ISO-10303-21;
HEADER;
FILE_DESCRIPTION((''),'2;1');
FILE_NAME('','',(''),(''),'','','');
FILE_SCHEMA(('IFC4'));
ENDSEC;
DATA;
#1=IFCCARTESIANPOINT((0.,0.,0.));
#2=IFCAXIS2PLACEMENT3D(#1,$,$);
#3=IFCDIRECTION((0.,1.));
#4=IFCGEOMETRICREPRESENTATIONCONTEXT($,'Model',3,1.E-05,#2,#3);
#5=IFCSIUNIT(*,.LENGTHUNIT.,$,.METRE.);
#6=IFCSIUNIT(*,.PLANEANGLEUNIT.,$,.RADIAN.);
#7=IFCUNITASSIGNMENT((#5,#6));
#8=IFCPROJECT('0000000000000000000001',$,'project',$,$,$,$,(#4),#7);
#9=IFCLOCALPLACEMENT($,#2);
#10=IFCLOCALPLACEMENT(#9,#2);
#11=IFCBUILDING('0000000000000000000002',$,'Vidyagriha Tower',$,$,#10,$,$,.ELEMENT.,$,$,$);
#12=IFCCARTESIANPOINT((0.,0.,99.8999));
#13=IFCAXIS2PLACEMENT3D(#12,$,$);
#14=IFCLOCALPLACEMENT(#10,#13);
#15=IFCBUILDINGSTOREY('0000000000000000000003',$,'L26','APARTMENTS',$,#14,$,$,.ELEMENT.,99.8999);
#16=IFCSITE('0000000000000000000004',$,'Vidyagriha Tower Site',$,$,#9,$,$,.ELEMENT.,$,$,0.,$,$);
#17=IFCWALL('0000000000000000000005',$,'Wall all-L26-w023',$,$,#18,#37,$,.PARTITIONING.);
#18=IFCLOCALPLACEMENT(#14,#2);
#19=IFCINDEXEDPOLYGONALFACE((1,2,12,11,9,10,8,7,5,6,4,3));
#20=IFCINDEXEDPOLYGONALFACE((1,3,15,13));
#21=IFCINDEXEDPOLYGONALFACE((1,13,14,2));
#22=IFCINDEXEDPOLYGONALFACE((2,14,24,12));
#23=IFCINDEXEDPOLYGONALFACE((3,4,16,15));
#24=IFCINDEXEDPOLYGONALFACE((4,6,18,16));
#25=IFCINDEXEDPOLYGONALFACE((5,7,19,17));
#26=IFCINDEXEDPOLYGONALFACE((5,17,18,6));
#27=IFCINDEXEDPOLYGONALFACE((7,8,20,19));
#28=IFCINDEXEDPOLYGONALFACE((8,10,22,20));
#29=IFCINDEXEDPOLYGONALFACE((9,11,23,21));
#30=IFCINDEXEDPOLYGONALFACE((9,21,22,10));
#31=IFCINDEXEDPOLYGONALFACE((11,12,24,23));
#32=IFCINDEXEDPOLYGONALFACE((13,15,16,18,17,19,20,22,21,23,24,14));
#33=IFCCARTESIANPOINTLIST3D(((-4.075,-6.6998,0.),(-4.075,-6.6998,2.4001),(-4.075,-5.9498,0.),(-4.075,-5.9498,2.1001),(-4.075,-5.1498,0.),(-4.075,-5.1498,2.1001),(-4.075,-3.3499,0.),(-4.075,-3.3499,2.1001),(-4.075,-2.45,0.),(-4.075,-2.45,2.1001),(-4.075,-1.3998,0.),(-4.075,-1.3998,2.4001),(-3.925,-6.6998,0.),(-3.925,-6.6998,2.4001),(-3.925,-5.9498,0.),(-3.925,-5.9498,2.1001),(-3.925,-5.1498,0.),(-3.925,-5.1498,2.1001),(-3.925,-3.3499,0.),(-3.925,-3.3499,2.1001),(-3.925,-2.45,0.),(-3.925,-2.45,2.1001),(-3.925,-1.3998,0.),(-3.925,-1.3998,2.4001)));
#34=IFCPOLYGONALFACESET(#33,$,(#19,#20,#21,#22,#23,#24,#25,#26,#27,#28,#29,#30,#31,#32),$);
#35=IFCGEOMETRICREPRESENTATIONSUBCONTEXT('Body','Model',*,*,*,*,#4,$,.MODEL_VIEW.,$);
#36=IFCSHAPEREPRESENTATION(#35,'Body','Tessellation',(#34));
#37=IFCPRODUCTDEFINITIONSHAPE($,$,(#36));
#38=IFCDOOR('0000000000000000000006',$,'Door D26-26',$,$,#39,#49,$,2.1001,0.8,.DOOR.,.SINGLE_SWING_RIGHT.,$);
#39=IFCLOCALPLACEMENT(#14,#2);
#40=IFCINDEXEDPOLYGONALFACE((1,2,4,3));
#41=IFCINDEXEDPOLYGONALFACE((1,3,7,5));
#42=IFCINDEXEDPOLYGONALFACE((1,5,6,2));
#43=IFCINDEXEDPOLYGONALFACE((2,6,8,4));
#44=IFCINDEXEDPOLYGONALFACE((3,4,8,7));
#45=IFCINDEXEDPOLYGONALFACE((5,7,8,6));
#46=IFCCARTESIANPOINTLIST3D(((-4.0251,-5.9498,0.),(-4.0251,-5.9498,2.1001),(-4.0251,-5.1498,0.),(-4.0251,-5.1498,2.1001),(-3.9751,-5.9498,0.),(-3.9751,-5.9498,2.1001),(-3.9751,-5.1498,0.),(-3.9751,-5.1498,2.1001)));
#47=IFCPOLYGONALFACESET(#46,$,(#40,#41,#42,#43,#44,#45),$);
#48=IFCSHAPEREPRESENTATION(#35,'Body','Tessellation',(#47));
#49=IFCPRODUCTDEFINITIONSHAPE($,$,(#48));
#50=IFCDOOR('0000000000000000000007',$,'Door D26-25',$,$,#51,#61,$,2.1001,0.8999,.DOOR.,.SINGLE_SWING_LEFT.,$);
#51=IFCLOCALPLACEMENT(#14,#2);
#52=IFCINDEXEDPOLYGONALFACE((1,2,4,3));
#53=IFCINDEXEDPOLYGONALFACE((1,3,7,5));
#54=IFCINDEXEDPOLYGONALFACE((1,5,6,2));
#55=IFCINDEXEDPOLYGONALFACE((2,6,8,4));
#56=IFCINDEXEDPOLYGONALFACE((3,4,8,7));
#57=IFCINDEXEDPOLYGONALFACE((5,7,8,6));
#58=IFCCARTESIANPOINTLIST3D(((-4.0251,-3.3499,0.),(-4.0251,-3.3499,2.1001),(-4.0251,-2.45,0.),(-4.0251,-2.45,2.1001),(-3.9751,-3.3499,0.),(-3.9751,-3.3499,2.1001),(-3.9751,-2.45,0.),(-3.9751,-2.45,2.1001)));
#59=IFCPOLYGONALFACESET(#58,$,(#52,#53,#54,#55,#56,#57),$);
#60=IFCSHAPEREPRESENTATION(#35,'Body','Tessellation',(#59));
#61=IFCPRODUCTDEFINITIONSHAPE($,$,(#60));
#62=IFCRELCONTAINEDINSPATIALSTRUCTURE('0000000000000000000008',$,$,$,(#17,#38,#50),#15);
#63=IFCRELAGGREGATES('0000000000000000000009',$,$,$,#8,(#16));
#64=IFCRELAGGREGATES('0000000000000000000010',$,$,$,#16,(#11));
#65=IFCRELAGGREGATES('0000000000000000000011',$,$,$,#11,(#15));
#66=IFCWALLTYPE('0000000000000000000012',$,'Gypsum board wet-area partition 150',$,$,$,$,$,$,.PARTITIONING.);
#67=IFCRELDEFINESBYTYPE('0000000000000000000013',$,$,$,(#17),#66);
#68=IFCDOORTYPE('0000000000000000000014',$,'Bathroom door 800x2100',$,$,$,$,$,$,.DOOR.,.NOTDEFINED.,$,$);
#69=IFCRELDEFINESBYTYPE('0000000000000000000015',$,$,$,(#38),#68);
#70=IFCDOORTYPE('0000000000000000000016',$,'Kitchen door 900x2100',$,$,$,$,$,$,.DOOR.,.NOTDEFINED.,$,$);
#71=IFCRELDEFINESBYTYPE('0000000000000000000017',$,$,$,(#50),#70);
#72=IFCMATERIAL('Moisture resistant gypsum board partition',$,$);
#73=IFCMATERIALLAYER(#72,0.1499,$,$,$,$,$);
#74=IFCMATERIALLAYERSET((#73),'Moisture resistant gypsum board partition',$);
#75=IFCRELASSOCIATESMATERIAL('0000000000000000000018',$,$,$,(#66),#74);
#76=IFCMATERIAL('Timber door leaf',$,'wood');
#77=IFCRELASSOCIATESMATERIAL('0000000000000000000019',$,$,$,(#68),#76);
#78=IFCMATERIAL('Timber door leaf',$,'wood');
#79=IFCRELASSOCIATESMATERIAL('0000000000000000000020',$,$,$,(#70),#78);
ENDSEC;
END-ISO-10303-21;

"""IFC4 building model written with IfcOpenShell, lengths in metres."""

from ifc_helpers import new_model, si_unit, direction, frame, frame_2d, origin, place, context, subcontext, project, spatial, rectangle, extrude, material, layer, layer_set, type_object, element, fill, save


model = new_model("IFC4")

# Units and contexts
model_context = context("Model", 3, precision=1e-05, world=origin(), true_north=direction((0.0, 1.0)))
body_context = subcontext(model_context, "Body", "Model", "MODEL_VIEW")
ifc_project = project(units=[si_unit("LENGTHUNIT", "METRE"), si_unit("PLANEANGLEUNIT", "RADIAN")], contexts=[model_context])

# Site, building, storey
site_placement = place(None, origin())
site = spatial("IfcSite", under=ifc_project, at=site_placement, Name="Vidyagriha Tower Site", CompositionType="ELEMENT", RefElevation=0.0)
building_placement = place(site_placement, origin())
building = spatial("IfcBuilding", under=site, at=building_placement, Name="Vidyagriha Tower", CompositionType="ELEMENT")
storey_placement = place(building_placement, frame((0.0, 0.0, 99.8999)))
storey = spatial("IfcBuildingStorey", under=building, at=storey_placement, Name="L26", Description="APARTMENTS", CompositionType="ELEMENT", Elevation=99.8999)

# Wall, openings, doors
ifc_material_1 = material(Name="Moisture resistant gypsum board partition")
ifc_layer_1 = layer(ifc_material_1, 0.1499)
ifc_layer_set_1 = layer_set([ifc_layer_1], Name="Moisture resistant gypsum board partition")
wall_type_1 = type_object("IfcWallType", Name="Gypsum board wet-area partition 150", PredefinedType="PARTITIONING", material=ifc_layer_set_1)
ifc_material_2 = material(Name="Timber door leaf", Category="wood")
door_type_1 = type_object("IfcDoorType", Name="Bathroom door 800x2100", OperationType="NOTDEFINED", PredefinedType="DOOR", material=ifc_material_2)
ifc_material_3 = material(Name="Timber door leaf", Category="wood")
door_type_2 = type_object("IfcDoorType", Name="Kitchen door 900x2100", OperationType="NOTDEFINED", PredefinedType="DOOR", material=ifc_material_3)
wall_1_placement = place(storey_placement, frame((-4.0, -1.3999, 0.0), z_axis=(0.0, 0.0, 1.0), x_axis=(0.0, -1.0, 0.0)))
wall_1 = element("IfcWall", 1, at=wall_1_placement, inside=storey, type_object=wall_type_1, Name="Wall all-L26-w023", PredefinedType="PARTITIONING", context=body_context, shape_type="SweptSolid", body=[
    extrude(rectangle(XDim=5.3, YDim=0.1499, at=frame_2d((2.6499, 0.0))), origin(), (0.0, 0.0, 1.0), 2.4001),
])
opening_1_placement = place(wall_1_placement, frame((1.05, 0.0, 0.0)))
opening_1 = element("IfcOpeningElement", 2, at=opening_1_placement, cuts=wall_1, PredefinedType="OPENING", context=body_context, shape_type="SweptSolid", body=[
    extrude(rectangle(XDim=0.8999, YDim=2.1001, at=frame_2d((0.45, 1.05))), frame((0.0, 0.085, 0.0), z_axis=(0.0, -1.0, 0.0), x_axis=(1.0, 0.0, 0.0)), (0.0, 0.0, 1.0), 0.1699),
])
opening_2_placement = place(wall_1_placement, frame((3.75, 0.0, 0.0)))
opening_2 = element("IfcOpeningElement", 3, at=opening_2_placement, cuts=wall_1, PredefinedType="OPENING", context=body_context, shape_type="SweptSolid", body=[
    extrude(rectangle(XDim=0.8, YDim=2.1001, at=frame_2d((0.3999, 1.05))), frame((0.0, 0.085, 0.0), z_axis=(0.0, -1.0, 0.0), x_axis=(1.0, 0.0, 0.0)), (0.0, 0.0, 1.0), 0.1699),
])
door_1_placement = place(opening_2_placement, origin())
door_1 = element("IfcDoor", 4, at=door_1_placement, inside=storey, type_object=door_type_1, Name="Door D26-26", OperationType="SINGLE_SWING_RIGHT", OverallHeight=2.1001, OverallWidth=0.8, PredefinedType="DOOR", context=body_context, shape_type="SweptSolid", body=[
    extrude(rectangle(XDim=0.8, YDim=2.1001, at=frame_2d((0.3999, 1.05))), frame((0.0, 0.0249, 0.0), z_axis=(0.0, -1.0, 0.0), x_axis=(1.0, 0.0, 0.0)), (0.0, 0.0, 1.0), 0.05),
])
fill(opening_2, door_1)
door_2_placement = place(opening_1_placement, origin())
door_2 = element("IfcDoor", 5, at=door_2_placement, inside=storey, type_object=door_type_2, Name="Door D26-25", OperationType="SINGLE_SWING_LEFT", OverallHeight=2.1001, OverallWidth=0.8999, PredefinedType="DOOR", context=body_context, shape_type="SweptSolid", body=[
    extrude(rectangle(XDim=0.8999, YDim=2.1001, at=frame_2d((0.45, 1.05))), frame((0.0, 0.0249, 0.0), z_axis=(0.0, -1.0, 0.0), x_axis=(1.0, 0.0, 0.0)), (0.0, 0.0, 1.0), 0.05),
])
fill(opening_1, door_2)

save(model, "model.ifc")
